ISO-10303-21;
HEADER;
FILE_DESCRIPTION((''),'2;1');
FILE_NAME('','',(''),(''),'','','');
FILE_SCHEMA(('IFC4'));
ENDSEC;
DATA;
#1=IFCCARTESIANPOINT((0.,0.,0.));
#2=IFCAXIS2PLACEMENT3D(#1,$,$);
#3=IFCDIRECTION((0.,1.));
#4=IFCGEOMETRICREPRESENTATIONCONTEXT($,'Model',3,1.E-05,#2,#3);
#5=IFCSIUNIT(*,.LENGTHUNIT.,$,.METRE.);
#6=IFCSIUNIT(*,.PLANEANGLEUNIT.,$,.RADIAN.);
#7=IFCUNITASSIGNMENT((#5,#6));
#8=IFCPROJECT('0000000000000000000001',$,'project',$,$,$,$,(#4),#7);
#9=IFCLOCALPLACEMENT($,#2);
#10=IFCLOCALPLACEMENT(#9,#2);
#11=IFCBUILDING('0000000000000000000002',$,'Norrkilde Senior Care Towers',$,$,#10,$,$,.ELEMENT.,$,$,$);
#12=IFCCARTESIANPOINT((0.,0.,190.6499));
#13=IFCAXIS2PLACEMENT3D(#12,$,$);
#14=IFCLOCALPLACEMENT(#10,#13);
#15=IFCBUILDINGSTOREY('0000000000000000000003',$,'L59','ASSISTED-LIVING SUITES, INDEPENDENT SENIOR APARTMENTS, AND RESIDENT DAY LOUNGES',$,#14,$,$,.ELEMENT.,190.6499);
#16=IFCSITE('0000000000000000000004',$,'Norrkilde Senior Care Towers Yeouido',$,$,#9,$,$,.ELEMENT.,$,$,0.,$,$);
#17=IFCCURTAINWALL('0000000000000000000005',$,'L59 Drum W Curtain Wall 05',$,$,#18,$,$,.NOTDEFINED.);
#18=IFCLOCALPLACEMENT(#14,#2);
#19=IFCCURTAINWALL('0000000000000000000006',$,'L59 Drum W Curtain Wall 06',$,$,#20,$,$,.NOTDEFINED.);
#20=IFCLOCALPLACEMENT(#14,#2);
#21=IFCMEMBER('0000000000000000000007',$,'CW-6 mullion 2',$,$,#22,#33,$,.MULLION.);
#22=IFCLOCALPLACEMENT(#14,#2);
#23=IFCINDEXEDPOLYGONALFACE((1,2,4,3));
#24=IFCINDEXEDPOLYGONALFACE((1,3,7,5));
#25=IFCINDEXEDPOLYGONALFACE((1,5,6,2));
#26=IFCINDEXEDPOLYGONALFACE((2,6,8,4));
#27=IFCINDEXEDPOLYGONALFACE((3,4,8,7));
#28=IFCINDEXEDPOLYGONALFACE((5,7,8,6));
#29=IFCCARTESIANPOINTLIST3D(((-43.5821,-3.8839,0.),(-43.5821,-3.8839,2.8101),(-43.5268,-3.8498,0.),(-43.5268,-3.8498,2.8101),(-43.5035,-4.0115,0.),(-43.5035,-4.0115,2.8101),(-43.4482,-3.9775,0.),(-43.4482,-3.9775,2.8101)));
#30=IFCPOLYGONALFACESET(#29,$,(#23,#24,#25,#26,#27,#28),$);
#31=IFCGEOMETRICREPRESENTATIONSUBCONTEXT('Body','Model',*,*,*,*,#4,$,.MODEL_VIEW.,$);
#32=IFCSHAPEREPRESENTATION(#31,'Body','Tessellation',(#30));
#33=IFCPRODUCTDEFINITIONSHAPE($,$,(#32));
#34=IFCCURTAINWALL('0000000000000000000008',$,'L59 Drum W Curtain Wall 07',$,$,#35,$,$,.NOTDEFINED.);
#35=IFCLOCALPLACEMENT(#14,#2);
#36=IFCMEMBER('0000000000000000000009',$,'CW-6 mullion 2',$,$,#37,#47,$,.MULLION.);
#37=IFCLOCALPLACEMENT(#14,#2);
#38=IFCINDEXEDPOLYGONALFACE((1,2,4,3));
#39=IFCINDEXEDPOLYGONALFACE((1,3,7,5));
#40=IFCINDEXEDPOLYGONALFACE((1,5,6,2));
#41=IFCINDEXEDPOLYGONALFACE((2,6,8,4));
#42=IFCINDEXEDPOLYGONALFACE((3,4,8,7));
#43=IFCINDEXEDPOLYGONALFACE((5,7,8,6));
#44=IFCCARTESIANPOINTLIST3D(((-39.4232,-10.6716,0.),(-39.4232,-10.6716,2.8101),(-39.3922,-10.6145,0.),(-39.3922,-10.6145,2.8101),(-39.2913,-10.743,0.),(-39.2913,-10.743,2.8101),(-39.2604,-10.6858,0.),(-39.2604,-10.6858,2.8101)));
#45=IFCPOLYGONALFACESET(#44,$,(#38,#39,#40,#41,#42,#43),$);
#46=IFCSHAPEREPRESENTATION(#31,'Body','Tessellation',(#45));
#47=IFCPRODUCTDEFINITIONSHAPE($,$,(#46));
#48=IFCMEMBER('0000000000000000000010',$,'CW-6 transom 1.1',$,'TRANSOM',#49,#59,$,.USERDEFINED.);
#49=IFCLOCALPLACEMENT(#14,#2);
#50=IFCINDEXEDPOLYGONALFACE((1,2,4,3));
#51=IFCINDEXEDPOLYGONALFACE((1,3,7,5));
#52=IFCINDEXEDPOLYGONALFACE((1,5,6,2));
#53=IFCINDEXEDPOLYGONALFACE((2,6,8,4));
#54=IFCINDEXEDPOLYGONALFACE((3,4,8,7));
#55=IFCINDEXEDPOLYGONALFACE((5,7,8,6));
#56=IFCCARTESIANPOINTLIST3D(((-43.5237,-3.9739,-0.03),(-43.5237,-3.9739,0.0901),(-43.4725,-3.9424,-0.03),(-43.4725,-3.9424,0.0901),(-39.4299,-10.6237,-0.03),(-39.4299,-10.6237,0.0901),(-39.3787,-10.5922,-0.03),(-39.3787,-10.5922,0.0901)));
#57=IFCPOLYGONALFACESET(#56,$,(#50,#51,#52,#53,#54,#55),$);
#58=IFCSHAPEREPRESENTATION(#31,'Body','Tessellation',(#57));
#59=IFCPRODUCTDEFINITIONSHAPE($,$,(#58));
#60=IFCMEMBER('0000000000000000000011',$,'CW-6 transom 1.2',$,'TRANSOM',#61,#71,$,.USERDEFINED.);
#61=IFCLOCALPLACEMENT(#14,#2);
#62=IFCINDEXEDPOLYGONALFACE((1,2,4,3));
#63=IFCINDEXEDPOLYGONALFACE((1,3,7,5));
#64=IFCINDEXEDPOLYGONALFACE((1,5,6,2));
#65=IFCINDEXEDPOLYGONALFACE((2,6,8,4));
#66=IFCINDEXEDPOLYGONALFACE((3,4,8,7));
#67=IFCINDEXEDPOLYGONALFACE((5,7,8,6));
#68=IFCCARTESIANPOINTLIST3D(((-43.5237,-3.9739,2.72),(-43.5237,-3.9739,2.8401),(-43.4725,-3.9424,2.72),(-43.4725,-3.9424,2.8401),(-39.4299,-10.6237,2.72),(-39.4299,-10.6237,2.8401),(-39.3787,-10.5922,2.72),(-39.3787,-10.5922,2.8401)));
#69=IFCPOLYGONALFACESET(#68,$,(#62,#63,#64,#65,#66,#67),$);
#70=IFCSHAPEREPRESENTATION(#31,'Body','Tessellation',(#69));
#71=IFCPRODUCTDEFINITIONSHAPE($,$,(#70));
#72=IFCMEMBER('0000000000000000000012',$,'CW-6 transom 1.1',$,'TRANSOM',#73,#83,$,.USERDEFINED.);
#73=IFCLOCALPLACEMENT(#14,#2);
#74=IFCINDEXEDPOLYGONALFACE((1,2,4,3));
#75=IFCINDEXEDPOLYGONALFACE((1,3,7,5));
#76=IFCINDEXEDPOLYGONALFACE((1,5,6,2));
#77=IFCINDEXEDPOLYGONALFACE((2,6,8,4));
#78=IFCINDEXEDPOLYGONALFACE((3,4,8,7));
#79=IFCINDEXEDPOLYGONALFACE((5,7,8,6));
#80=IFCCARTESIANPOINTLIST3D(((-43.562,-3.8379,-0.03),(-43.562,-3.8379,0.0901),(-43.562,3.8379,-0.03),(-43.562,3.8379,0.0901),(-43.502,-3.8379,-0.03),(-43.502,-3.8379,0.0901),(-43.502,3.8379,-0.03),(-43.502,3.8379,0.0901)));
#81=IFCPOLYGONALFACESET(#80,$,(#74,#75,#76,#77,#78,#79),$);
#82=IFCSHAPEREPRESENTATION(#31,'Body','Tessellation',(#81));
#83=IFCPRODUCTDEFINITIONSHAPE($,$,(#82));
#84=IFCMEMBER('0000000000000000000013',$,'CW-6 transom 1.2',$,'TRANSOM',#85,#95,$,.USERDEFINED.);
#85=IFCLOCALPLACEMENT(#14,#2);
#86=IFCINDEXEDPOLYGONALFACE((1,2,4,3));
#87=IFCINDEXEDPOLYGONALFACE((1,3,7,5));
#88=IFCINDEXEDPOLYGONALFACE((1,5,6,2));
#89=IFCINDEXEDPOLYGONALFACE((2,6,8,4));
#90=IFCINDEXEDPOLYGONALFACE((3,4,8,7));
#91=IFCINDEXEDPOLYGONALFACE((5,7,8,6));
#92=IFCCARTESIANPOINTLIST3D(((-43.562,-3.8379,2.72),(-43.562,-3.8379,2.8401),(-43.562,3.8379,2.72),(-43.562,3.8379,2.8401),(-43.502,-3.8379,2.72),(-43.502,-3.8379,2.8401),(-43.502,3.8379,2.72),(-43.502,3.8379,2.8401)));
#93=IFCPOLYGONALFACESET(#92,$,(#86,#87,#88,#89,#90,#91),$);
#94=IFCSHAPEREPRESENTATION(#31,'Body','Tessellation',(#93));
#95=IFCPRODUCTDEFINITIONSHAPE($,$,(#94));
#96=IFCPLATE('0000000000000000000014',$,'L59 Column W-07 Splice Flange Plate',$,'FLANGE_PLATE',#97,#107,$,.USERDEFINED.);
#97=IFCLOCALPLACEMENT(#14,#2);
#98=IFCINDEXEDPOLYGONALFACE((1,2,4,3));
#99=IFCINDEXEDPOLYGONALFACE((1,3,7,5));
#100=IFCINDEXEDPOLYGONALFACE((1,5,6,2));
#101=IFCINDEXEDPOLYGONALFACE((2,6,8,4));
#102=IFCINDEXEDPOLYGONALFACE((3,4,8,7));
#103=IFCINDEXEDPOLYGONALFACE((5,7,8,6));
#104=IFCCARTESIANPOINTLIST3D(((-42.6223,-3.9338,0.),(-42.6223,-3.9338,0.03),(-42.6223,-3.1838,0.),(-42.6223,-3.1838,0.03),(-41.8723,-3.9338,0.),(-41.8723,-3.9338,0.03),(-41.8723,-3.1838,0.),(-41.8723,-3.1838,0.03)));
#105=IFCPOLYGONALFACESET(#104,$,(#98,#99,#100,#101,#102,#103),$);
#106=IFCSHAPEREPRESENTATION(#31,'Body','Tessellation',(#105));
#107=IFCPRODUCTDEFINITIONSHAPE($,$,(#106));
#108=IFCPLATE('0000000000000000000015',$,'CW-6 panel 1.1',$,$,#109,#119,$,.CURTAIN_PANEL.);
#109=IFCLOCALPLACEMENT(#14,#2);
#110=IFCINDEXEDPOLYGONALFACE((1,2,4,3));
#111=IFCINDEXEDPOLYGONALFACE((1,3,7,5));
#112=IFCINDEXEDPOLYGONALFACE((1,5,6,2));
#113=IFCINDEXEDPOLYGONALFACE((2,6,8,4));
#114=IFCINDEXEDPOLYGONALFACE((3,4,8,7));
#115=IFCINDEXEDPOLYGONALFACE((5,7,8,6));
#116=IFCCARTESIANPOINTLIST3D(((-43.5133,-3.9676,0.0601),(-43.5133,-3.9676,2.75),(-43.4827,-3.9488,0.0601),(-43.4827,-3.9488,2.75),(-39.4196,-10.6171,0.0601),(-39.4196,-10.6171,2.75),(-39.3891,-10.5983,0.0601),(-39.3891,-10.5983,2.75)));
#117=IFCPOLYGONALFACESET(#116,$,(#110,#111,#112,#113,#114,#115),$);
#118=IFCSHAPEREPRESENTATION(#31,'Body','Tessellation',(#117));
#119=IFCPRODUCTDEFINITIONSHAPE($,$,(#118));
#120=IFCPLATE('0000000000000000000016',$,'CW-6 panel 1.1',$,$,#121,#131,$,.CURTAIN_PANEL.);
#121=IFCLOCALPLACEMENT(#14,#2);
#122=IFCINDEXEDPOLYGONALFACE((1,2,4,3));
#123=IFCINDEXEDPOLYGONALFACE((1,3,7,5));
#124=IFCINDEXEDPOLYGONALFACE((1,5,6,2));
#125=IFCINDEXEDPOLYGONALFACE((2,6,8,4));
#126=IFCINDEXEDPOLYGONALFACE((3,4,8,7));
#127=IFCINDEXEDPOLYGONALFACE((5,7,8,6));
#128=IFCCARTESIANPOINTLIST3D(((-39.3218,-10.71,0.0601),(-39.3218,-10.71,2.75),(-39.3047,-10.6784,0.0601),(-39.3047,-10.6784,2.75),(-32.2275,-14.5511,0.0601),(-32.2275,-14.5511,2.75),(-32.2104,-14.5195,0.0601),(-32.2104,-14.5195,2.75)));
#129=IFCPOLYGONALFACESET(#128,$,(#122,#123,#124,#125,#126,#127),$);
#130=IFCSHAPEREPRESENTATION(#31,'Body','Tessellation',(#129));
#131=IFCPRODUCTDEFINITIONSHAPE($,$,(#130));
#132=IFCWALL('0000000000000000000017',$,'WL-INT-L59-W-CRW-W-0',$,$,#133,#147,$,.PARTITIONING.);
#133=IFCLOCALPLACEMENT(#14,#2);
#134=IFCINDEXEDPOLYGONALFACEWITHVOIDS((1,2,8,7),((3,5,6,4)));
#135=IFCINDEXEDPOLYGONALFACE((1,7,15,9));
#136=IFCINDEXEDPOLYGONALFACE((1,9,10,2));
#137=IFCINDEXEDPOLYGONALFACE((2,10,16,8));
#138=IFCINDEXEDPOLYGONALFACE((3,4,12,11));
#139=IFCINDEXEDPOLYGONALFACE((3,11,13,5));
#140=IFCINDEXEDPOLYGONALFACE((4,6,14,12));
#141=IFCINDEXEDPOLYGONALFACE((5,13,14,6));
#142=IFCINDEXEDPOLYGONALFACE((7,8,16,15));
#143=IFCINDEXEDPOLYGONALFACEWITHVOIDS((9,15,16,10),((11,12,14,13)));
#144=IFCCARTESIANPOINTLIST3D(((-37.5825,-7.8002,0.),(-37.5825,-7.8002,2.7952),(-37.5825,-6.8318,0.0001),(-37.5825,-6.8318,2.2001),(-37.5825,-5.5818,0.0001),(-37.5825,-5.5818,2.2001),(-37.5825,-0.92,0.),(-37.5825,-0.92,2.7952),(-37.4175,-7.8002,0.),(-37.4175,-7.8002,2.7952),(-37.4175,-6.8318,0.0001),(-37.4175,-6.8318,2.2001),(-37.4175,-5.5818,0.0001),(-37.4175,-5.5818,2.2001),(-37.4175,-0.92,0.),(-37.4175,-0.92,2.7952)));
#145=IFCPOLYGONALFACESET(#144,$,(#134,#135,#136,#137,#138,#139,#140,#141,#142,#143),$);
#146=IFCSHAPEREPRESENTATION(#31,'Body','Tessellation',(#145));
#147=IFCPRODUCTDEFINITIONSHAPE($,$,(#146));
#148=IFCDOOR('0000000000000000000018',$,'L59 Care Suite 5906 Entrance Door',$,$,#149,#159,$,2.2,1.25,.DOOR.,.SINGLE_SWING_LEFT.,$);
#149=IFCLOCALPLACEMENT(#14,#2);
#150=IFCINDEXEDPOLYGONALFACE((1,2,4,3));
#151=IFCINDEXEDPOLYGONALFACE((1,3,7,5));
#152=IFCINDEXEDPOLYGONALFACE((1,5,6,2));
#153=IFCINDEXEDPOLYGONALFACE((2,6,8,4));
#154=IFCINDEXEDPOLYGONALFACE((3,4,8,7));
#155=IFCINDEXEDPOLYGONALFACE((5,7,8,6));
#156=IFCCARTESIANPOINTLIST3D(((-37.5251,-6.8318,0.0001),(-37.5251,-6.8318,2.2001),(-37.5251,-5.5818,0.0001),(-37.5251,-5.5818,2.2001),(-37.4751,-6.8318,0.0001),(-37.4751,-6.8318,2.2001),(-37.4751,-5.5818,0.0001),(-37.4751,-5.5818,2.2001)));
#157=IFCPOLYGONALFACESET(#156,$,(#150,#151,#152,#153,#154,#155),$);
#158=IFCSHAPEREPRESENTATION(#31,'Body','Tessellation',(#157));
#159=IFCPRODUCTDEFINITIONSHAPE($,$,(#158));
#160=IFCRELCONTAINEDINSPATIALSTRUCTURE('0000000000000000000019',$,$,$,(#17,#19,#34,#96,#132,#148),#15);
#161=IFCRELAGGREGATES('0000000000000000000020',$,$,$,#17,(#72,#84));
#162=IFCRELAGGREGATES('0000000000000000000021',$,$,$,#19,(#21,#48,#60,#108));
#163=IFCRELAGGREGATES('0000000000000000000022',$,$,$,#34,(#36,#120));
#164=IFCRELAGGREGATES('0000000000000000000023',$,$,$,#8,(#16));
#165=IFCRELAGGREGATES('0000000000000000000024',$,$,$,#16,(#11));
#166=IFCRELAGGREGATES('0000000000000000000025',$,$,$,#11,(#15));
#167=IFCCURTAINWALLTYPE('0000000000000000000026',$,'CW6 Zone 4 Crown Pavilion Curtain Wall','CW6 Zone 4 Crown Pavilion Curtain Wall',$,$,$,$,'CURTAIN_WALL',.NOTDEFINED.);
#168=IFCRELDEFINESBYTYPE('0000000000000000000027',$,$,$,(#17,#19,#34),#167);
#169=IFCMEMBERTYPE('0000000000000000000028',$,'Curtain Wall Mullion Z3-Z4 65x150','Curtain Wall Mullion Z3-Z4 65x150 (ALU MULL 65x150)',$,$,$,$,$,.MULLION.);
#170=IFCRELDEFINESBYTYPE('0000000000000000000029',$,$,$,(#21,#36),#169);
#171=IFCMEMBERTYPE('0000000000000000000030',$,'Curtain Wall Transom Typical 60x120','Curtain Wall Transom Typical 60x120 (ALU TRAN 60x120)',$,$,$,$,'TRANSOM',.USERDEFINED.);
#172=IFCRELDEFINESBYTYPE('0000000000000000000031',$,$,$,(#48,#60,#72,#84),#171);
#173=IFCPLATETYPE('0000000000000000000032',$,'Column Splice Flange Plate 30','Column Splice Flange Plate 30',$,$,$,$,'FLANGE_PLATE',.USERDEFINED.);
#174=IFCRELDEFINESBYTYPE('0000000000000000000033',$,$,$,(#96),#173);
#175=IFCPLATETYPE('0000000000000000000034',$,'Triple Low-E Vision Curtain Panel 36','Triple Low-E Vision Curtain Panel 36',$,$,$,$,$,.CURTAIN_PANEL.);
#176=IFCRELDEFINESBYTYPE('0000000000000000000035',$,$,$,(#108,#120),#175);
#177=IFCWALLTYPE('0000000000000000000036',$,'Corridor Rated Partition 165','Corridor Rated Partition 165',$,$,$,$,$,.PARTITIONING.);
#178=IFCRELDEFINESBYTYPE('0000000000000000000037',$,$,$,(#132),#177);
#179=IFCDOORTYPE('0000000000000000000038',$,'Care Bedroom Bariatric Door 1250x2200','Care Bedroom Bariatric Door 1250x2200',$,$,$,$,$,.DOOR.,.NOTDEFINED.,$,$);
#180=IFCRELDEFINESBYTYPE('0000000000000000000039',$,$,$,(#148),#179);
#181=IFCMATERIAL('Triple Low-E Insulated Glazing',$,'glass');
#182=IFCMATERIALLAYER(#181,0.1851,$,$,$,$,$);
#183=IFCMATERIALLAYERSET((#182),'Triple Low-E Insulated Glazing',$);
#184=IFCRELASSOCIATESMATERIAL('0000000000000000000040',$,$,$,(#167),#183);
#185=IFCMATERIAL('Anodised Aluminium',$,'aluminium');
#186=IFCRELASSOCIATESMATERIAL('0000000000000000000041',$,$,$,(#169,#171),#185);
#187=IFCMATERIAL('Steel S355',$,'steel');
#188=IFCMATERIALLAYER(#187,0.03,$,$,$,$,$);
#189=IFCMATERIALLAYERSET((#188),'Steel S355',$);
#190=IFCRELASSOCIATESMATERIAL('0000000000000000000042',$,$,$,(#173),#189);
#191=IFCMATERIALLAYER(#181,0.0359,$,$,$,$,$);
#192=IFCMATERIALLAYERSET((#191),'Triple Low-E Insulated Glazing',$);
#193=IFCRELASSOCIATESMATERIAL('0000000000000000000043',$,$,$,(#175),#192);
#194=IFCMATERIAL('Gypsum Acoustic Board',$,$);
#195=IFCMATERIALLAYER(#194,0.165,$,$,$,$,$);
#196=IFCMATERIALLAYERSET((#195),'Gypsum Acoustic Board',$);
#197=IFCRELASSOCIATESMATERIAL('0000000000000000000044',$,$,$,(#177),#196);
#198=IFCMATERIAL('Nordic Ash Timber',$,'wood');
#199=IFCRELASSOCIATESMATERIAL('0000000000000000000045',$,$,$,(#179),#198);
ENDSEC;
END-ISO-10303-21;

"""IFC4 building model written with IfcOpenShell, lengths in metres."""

from ifc_helpers import new_model, si_unit, direction, frame, frame_2d, origin, origin_2d, place, context, subcontext, project, spatial, rectangle, extrude, source, transform, mapped, material, layer, layer_set, material_profile, profile_set, type_object, type_shapes, element, fill, aggregate, save


model = new_model("IFC4")

# Units and contexts
model_context = context("Model", 3, precision=1e-05, world=origin(), true_north=direction((0.0, 1.0)))
body_context = subcontext(model_context, "Body", "Model", "MODEL_VIEW")
ifc_project = project(units=[si_unit("LENGTHUNIT", "METRE"), si_unit("PLANEANGLEUNIT", "RADIAN")], contexts=[model_context])

# Site, building, storey
site_placement = place(None, origin())
site = spatial("IfcSite", under=ifc_project, at=site_placement, Name="Norrkilde Senior Care Towers Yeouido", CompositionType="ELEMENT", RefElevation=0.0)
building_placement = place(site_placement, origin())
building = spatial("IfcBuilding", under=site, at=building_placement, Name="Norrkilde Senior Care Towers", CompositionType="ELEMENT")
storey_placement = place(building_placement, frame((0.0, 0.0, 190.6499)))
storey = spatial("IfcBuildingStorey", under=building, at=storey_placement, Name="L59", Description="ASSISTED-LIVING SUITES, INDEPENDENT SENIOR APARTMENTS, AND RESIDENT DAY LOUNGES", CompositionType="ELEMENT", Elevation=190.6499)

# Shared definitions
ifc_material_1 = material(Name="Steel S355", Category="steel")

# Curtain wall
ifc_material_2 = material(Name="Triple Low-E Insulated Glazing", Category="glass")
ifc_layer_1 = layer(ifc_material_2, 0.1851)
ifc_layer_set_1 = layer_set([ifc_layer_1], Name="Triple Low-E Insulated Glazing")
curtain_wall_type = type_object("IfcCurtainWallType", Name="CW6 Zone 4 Crown Pavilion Curtain Wall", Description="CW6 Zone 4 Crown Pavilion Curtain Wall", ElementType="CURTAIN_WALL", PredefinedType="NOTDEFINED", material=ifc_layer_set_1)
curtain_wall_1_placement = place(storey_placement, origin())
curtain_wall_1 = element("IfcCurtainWall", 1, at=curtain_wall_1_placement, inside=storey, type_object=curtain_wall_type, Name="L59 Drum W Curtain Wall 05", PredefinedType="NOTDEFINED")
ifc_material_3 = material(Name="Anodised Aluminium", Category="aluminium")
ifc_material_profile_1 = material_profile(ifc_material_3, rectangle(XDim=0.0649, YDim=0.1499, at=origin_2d()), Name="ALU MULL 65x150")
ifc_profile_set_1 = profile_set([ifc_material_profile_1], Name="Anodised Aluminium")
member_type_1 = type_object("IfcMemberType", Name="Curtain Wall Mullion Z3-Z4 65x150", Description="Curtain Wall Mullion Z3-Z4 65x150 (ALU MULL 65x150)", PredefinedType="MULLION", material=ifc_profile_set_1)
shared_shape_1 = source(origin(), body_context, "Body", "SweptSolid", [
    extrude(rectangle(XDim=0.0649, YDim=0.1499, at=origin_2d()), origin(), (0.0, 0.0, 1.0), 2.8101),
])
type_shapes(member_type_1, [shared_shape_1])

# Curtain wall, member
curtain_wall_2_placement = place(storey_placement, origin())
curtain_wall_2 = element("IfcCurtainWall", 2, at=curtain_wall_2_placement, inside=storey, type_object=curtain_wall_type, Name="L59 Drum W Curtain Wall 06", PredefinedType="NOTDEFINED")
member_1_placement = place(storey_placement, frame((-43.5151, -3.9307, 0.0), z_axis=(0.0, 0.0, 1.0), x_axis=(-0.851563, -0.524253, 0.0)))
member_1 = element("IfcMember", 3, at=member_1_placement, type_object=member_type_1, Name="CW-6 mullion 2", PredefinedType="MULLION", context=body_context, shape_type="MappedRepresentation", body=[
    mapped(shared_shape_1, transform((0.0, 0.0, 0.0), x_axis=(1.0, 0.0, 0.0), y_axis=(0.0, 1.0, 0.0), z_axis=(0.0, 0.0, 1.0), scale=1.0)),
])

# Curtain wall, member
curtain_wall_3_placement = place(storey_placement, origin())
curtain_wall_3 = element("IfcCurtainWall", 4, at=curtain_wall_3_placement, inside=storey, type_object=curtain_wall_type, Name="L59 Drum W Curtain Wall 07", PredefinedType="NOTDEFINED")
member_2_placement = place(storey_placement, frame((-39.3418, -10.6787, 0.0), z_axis=(0.0, 0.0, 1.0), x_axis=(-0.476133, -0.879373, 0.0)))
member_2 = element("IfcMember", 5, at=member_2_placement, type_object=member_type_1, Name="CW-6 mullion 2", PredefinedType="MULLION", context=body_context, shape_type="MappedRepresentation", body=[
    mapped(shared_shape_1, transform((0.0, 0.0, 0.0), x_axis=(1.0, 0.0, 0.0), y_axis=(0.0, 1.0, 0.0), z_axis=(0.0, 0.0, 1.0), scale=1.0)),
])

# Members
ifc_material_profile_2 = material_profile(ifc_material_3, rectangle(XDim=0.0601, YDim=0.1201, at=origin_2d()), Name="ALU TRAN 60x120")
ifc_profile_set_2 = profile_set([ifc_material_profile_2], Name="Anodised Aluminium")
member_type_2 = type_object("IfcMemberType", Name="Curtain Wall Transom Typical 60x120", Description="Curtain Wall Transom Typical 60x120 (ALU TRAN 60x120)", ElementType="TRANSOM", PredefinedType="USERDEFINED", material=ifc_profile_set_2)
shared_shape_2 = source(origin(), body_context, "Body", "SweptSolid", [
    extrude(rectangle(XDim=0.0601, YDim=0.1201, at=origin_2d()), origin(), (0.0, 0.0, 1.0), 7.8088),
])
member_3_placement = place(storey_placement, frame((-39.4043, -10.6079, 0.03), z_axis=(-0.524251, 0.851564, 0.0), x_axis=(-0.851564, -0.524251, 0.0)))
member_3 = element("IfcMember", 6, at=member_3_placement, type_object=member_type_2, Name="CW-6 transom 1.1", ObjectType="TRANSOM", PredefinedType="USERDEFINED", context=body_context, shape_type="MappedRepresentation", body=[
    mapped(shared_shape_2, transform((0.0, 0.0, 0.0), x_axis=(1.0, 0.0, 0.0), y_axis=(0.0, 1.0, 0.0), z_axis=(0.0, 0.0, 1.0), scale=1.0)),
])
member_4_placement = place(storey_placement, frame((-39.4043, -10.6079, 2.78), z_axis=(-0.524251, 0.851564, 0.0), x_axis=(-0.851564, -0.524251, 0.0)))
member_4 = element("IfcMember", 7, at=member_4_placement, type_object=member_type_2, Name="CW-6 transom 1.2", ObjectType="TRANSOM", PredefinedType="USERDEFINED", context=body_context, shape_type="MappedRepresentation", body=[
    mapped(shared_shape_2, transform((0.0, 0.0, 0.0), x_axis=(1.0, 0.0, 0.0), y_axis=(0.0, 1.0, 0.0), z_axis=(0.0, 0.0, 1.0), scale=1.0)),
])
shared_shape_3 = source(origin(), body_context, "Body", "SweptSolid", [
    extrude(rectangle(XDim=0.0601, YDim=0.1201, at=origin_2d()), origin(), (0.0, 0.0, 1.0), 7.6758),
])
type_shapes(member_type_2, [shared_shape_2, shared_shape_3])
member_5_placement = place(storey_placement, frame((-43.532, -3.8379, 0.03), z_axis=(0.0, 1.0, 0.0), x_axis=(-1.0, 0.0, 0.0)))
member_5 = element("IfcMember", 8, at=member_5_placement, type_object=member_type_2, Name="CW-6 transom 1.1", ObjectType="TRANSOM", PredefinedType="USERDEFINED", context=body_context, shape_type="MappedRepresentation", body=[
    mapped(shared_shape_3, transform((0.0, 0.0, 0.0), x_axis=(1.0, 0.0, 0.0), y_axis=(0.0, 1.0, 0.0), z_axis=(0.0, 0.0, 1.0), scale=1.0)),
])
member_6_placement = place(storey_placement, frame((-43.532, -3.8379, 2.78), z_axis=(0.0, 1.0, 0.0), x_axis=(-1.0, 0.0, 0.0)))
member_6 = element("IfcMember", 9, at=member_6_placement, type_object=member_type_2, Name="CW-6 transom 1.2", ObjectType="TRANSOM", PredefinedType="USERDEFINED", context=body_context, shape_type="MappedRepresentation", body=[
    mapped(shared_shape_3, transform((0.0, 0.0, 0.0), x_axis=(1.0, 0.0, 0.0), y_axis=(0.0, 1.0, 0.0), z_axis=(0.0, 0.0, 1.0), scale=1.0)),
])
aggregate(curtain_wall_1, [member_5, member_6])

# Plates
ifc_layer_2 = layer(ifc_material_1, 0.03)
ifc_layer_set_2 = layer_set([ifc_layer_2], Name="Steel S355")
plate_type_1 = type_object("IfcPlateType", Name="Column Splice Flange Plate 30", Description="Column Splice Flange Plate 30", ElementType="FLANGE_PLATE", PredefinedType="USERDEFINED", material=ifc_layer_set_2)
shared_shape_4 = source(origin(), body_context, "Body", "SweptSolid", [
    extrude(rectangle(XDim=0.75, YDim=0.75, at=origin_2d()), origin(), (0.0, 0.0, 1.0), 0.03),
])
type_shapes(plate_type_1, [shared_shape_4])
plate_1_placement = place(storey_placement, frame((-42.2473, -3.5588, 0.0), z_axis=(0.0, 0.0, 1.0), x_axis=(1.0, 0.0, 0.0)))
element("IfcPlate", 10, at=plate_1_placement, inside=storey, type_object=plate_type_1, Name="L59 Column W-07 Splice Flange Plate", ObjectType="FLANGE_PLATE", PredefinedType="USERDEFINED", context=body_context, shape_type="MappedRepresentation", body=[
    mapped(shared_shape_4, transform((0.0, 0.0, 0.0), x_axis=(1.0, 0.0, 0.0), y_axis=(0.0, 1.0, 0.0), z_axis=(0.0, 0.0, 1.0), scale=1.0)),
])
ifc_layer_3 = layer(ifc_material_2, 0.0359)
ifc_layer_set_3 = layer_set([ifc_layer_3], Name="Triple Low-E Insulated Glazing")
plate_type_2 = type_object("IfcPlateType", Name="Triple Low-E Vision Curtain Panel 36", Description="Triple Low-E Vision Curtain Panel 36", PredefinedType="CURTAIN_PANEL", material=ifc_layer_set_3)
shared_shape_5 = source(origin(), body_context, "Body", "SweptSolid", [
    extrude(rectangle(XDim=7.8086, YDim=0.0359, at=origin_2d()), origin(), (0.0, 0.0, 1.0), 2.6899),
])
plate_2_placement = place(storey_placement, frame((-41.4512, -7.283, 0.0601), z_axis=(0.0, 0.0, 1.0), x_axis=(-0.524253, 0.851563, 0.0)))
plate_2 = element("IfcPlate", 11, at=plate_2_placement, type_object=plate_type_2, Name="CW-6 panel 1.1", PredefinedType="CURTAIN_PANEL", context=body_context, shape_type="MappedRepresentation", body=[
    mapped(shared_shape_5, transform((0.0, 0.0, 0.0), x_axis=(1.0, 0.0, 0.0), y_axis=(0.0, 1.0, 0.0), z_axis=(0.0, 0.0, 1.0), scale=1.0)),
])
aggregate(curtain_wall_2, [member_1, member_3, member_4, plate_2])
shared_shape_6 = source(origin(), body_context, "Body", "SweptSolid", [
    extrude(rectangle(XDim=8.0674, YDim=0.0359, at=origin_2d()), origin(), (0.0, 0.0, 1.0), 2.6899),
])
type_shapes(plate_type_2, [shared_shape_5, shared_shape_6])
plate_3_placement = place(storey_placement, frame((-35.7661, -12.6147, 0.0601), z_axis=(0.0, 0.0, 1.0), x_axis=(-0.879373, 0.476133, 0.0)))
plate_3 = element("IfcPlate", 12, at=plate_3_placement, type_object=plate_type_2, Name="CW-6 panel 1.1", PredefinedType="CURTAIN_PANEL", context=body_context, shape_type="MappedRepresentation", body=[
    mapped(shared_shape_6, transform((0.0, 0.0, 0.0), x_axis=(1.0, 0.0, 0.0), y_axis=(0.0, 1.0, 0.0), z_axis=(0.0, 0.0, 1.0), scale=1.0)),
])
aggregate(curtain_wall_3, [member_2, plate_3])

# Wall, opening, door
ifc_material_4 = material(Name="Gypsum Acoustic Board")
ifc_layer_4 = layer(ifc_material_4, 0.165)
ifc_layer_set_4 = layer_set([ifc_layer_4], Name="Gypsum Acoustic Board")
wall_type_1 = type_object("IfcWallType", Name="Corridor Rated Partition 165", Description="Corridor Rated Partition 165", PredefinedType="PARTITIONING", material=ifc_layer_set_4)
shared_shape_7 = source(origin(), body_context, "Body", "SweptSolid", [
    extrude(rectangle(XDim=6.8801, YDim=0.165, at=frame_2d((3.4399, 0.0))), origin(), (0.0, 0.0, 1.0), 2.7952),
])
wall_1_placement = place(storey_placement, frame((-37.5, -7.8, 0.0), z_axis=(0.0, 0.0, 1.0), x_axis=(0.0, 1.0, 0.0)))
wall_1 = element("IfcWall", 13, at=wall_1_placement, inside=storey, type_object=wall_type_1, Name="WL-INT-L59-W-CRW-W-0", PredefinedType="PARTITIONING", context=body_context, shape_type="MappedRepresentation", body=[
    mapped(shared_shape_7, transform((0.0, 0.0, 0.0), x_axis=(1.0, 0.0, 0.0), y_axis=(0.0, 1.0, 0.0), z_axis=(0.0, 0.0, 1.0), scale=1.0)),
])
opening_1_placement = place(wall_1_placement, frame((0.9683, 0.0, 0.0)))
opening_1 = element("IfcOpeningElement", 14, at=opening_1_placement, cuts=wall_1, PredefinedType="OPENING", context=body_context, shape_type="SweptSolid", body=[
    extrude(rectangle(XDim=1.25, YDim=2.2, at=frame_2d((0.625, 1.1001))), frame((0.0, 0.0925, 0.0), z_axis=(0.0, -1.0, 0.0), x_axis=(1.0, 0.0, 0.0)), (0.0, 0.0, 1.0), 0.1851),
])
ifc_material_5 = material(Name="Nordic Ash Timber", Category="wood")
door_type_1 = type_object("IfcDoorType", Name="Care Bedroom Bariatric Door 1250x2200", Description="Care Bedroom Bariatric Door 1250x2200", OperationType="NOTDEFINED", PredefinedType="DOOR", material=ifc_material_5)
shared_shape_8 = source(origin(), body_context, "Body", "SweptSolid", [
    extrude(rectangle(XDim=1.25, YDim=2.2, at=frame_2d((0.625, 1.1001))), frame((0.0, 0.0249, 0.0), z_axis=(0.0, -1.0, 0.0), x_axis=(1.0, 0.0, 0.0)), (0.0, 0.0, 1.0), 0.05),
])
type_shapes(door_type_1, [shared_shape_8])
door_1_placement = place(opening_1_placement, frame((1.25, 0.0, 0.0), z_axis=(0.0, 0.0, 1.0), x_axis=(-1.0, 0.0, 0.0)))
door_1 = element("IfcDoor", 15, at=door_1_placement, inside=storey, type_object=door_type_1, Name="L59 Care Suite 5906 Entrance Door", OperationType="SINGLE_SWING_LEFT", OverallHeight=2.2, OverallWidth=1.25, PredefinedType="DOOR", context=body_context, shape_type="MappedRepresentation", body=[
    mapped(shared_shape_8, transform((0.0, 0.0, 0.0), x_axis=(1.0, 0.0, 0.0), y_axis=(0.0, 1.0, 0.0), z_axis=(0.0, 0.0, 1.0), scale=1.0)),
])
fill(opening_1, door_1)

save(model, "model.ifc")
